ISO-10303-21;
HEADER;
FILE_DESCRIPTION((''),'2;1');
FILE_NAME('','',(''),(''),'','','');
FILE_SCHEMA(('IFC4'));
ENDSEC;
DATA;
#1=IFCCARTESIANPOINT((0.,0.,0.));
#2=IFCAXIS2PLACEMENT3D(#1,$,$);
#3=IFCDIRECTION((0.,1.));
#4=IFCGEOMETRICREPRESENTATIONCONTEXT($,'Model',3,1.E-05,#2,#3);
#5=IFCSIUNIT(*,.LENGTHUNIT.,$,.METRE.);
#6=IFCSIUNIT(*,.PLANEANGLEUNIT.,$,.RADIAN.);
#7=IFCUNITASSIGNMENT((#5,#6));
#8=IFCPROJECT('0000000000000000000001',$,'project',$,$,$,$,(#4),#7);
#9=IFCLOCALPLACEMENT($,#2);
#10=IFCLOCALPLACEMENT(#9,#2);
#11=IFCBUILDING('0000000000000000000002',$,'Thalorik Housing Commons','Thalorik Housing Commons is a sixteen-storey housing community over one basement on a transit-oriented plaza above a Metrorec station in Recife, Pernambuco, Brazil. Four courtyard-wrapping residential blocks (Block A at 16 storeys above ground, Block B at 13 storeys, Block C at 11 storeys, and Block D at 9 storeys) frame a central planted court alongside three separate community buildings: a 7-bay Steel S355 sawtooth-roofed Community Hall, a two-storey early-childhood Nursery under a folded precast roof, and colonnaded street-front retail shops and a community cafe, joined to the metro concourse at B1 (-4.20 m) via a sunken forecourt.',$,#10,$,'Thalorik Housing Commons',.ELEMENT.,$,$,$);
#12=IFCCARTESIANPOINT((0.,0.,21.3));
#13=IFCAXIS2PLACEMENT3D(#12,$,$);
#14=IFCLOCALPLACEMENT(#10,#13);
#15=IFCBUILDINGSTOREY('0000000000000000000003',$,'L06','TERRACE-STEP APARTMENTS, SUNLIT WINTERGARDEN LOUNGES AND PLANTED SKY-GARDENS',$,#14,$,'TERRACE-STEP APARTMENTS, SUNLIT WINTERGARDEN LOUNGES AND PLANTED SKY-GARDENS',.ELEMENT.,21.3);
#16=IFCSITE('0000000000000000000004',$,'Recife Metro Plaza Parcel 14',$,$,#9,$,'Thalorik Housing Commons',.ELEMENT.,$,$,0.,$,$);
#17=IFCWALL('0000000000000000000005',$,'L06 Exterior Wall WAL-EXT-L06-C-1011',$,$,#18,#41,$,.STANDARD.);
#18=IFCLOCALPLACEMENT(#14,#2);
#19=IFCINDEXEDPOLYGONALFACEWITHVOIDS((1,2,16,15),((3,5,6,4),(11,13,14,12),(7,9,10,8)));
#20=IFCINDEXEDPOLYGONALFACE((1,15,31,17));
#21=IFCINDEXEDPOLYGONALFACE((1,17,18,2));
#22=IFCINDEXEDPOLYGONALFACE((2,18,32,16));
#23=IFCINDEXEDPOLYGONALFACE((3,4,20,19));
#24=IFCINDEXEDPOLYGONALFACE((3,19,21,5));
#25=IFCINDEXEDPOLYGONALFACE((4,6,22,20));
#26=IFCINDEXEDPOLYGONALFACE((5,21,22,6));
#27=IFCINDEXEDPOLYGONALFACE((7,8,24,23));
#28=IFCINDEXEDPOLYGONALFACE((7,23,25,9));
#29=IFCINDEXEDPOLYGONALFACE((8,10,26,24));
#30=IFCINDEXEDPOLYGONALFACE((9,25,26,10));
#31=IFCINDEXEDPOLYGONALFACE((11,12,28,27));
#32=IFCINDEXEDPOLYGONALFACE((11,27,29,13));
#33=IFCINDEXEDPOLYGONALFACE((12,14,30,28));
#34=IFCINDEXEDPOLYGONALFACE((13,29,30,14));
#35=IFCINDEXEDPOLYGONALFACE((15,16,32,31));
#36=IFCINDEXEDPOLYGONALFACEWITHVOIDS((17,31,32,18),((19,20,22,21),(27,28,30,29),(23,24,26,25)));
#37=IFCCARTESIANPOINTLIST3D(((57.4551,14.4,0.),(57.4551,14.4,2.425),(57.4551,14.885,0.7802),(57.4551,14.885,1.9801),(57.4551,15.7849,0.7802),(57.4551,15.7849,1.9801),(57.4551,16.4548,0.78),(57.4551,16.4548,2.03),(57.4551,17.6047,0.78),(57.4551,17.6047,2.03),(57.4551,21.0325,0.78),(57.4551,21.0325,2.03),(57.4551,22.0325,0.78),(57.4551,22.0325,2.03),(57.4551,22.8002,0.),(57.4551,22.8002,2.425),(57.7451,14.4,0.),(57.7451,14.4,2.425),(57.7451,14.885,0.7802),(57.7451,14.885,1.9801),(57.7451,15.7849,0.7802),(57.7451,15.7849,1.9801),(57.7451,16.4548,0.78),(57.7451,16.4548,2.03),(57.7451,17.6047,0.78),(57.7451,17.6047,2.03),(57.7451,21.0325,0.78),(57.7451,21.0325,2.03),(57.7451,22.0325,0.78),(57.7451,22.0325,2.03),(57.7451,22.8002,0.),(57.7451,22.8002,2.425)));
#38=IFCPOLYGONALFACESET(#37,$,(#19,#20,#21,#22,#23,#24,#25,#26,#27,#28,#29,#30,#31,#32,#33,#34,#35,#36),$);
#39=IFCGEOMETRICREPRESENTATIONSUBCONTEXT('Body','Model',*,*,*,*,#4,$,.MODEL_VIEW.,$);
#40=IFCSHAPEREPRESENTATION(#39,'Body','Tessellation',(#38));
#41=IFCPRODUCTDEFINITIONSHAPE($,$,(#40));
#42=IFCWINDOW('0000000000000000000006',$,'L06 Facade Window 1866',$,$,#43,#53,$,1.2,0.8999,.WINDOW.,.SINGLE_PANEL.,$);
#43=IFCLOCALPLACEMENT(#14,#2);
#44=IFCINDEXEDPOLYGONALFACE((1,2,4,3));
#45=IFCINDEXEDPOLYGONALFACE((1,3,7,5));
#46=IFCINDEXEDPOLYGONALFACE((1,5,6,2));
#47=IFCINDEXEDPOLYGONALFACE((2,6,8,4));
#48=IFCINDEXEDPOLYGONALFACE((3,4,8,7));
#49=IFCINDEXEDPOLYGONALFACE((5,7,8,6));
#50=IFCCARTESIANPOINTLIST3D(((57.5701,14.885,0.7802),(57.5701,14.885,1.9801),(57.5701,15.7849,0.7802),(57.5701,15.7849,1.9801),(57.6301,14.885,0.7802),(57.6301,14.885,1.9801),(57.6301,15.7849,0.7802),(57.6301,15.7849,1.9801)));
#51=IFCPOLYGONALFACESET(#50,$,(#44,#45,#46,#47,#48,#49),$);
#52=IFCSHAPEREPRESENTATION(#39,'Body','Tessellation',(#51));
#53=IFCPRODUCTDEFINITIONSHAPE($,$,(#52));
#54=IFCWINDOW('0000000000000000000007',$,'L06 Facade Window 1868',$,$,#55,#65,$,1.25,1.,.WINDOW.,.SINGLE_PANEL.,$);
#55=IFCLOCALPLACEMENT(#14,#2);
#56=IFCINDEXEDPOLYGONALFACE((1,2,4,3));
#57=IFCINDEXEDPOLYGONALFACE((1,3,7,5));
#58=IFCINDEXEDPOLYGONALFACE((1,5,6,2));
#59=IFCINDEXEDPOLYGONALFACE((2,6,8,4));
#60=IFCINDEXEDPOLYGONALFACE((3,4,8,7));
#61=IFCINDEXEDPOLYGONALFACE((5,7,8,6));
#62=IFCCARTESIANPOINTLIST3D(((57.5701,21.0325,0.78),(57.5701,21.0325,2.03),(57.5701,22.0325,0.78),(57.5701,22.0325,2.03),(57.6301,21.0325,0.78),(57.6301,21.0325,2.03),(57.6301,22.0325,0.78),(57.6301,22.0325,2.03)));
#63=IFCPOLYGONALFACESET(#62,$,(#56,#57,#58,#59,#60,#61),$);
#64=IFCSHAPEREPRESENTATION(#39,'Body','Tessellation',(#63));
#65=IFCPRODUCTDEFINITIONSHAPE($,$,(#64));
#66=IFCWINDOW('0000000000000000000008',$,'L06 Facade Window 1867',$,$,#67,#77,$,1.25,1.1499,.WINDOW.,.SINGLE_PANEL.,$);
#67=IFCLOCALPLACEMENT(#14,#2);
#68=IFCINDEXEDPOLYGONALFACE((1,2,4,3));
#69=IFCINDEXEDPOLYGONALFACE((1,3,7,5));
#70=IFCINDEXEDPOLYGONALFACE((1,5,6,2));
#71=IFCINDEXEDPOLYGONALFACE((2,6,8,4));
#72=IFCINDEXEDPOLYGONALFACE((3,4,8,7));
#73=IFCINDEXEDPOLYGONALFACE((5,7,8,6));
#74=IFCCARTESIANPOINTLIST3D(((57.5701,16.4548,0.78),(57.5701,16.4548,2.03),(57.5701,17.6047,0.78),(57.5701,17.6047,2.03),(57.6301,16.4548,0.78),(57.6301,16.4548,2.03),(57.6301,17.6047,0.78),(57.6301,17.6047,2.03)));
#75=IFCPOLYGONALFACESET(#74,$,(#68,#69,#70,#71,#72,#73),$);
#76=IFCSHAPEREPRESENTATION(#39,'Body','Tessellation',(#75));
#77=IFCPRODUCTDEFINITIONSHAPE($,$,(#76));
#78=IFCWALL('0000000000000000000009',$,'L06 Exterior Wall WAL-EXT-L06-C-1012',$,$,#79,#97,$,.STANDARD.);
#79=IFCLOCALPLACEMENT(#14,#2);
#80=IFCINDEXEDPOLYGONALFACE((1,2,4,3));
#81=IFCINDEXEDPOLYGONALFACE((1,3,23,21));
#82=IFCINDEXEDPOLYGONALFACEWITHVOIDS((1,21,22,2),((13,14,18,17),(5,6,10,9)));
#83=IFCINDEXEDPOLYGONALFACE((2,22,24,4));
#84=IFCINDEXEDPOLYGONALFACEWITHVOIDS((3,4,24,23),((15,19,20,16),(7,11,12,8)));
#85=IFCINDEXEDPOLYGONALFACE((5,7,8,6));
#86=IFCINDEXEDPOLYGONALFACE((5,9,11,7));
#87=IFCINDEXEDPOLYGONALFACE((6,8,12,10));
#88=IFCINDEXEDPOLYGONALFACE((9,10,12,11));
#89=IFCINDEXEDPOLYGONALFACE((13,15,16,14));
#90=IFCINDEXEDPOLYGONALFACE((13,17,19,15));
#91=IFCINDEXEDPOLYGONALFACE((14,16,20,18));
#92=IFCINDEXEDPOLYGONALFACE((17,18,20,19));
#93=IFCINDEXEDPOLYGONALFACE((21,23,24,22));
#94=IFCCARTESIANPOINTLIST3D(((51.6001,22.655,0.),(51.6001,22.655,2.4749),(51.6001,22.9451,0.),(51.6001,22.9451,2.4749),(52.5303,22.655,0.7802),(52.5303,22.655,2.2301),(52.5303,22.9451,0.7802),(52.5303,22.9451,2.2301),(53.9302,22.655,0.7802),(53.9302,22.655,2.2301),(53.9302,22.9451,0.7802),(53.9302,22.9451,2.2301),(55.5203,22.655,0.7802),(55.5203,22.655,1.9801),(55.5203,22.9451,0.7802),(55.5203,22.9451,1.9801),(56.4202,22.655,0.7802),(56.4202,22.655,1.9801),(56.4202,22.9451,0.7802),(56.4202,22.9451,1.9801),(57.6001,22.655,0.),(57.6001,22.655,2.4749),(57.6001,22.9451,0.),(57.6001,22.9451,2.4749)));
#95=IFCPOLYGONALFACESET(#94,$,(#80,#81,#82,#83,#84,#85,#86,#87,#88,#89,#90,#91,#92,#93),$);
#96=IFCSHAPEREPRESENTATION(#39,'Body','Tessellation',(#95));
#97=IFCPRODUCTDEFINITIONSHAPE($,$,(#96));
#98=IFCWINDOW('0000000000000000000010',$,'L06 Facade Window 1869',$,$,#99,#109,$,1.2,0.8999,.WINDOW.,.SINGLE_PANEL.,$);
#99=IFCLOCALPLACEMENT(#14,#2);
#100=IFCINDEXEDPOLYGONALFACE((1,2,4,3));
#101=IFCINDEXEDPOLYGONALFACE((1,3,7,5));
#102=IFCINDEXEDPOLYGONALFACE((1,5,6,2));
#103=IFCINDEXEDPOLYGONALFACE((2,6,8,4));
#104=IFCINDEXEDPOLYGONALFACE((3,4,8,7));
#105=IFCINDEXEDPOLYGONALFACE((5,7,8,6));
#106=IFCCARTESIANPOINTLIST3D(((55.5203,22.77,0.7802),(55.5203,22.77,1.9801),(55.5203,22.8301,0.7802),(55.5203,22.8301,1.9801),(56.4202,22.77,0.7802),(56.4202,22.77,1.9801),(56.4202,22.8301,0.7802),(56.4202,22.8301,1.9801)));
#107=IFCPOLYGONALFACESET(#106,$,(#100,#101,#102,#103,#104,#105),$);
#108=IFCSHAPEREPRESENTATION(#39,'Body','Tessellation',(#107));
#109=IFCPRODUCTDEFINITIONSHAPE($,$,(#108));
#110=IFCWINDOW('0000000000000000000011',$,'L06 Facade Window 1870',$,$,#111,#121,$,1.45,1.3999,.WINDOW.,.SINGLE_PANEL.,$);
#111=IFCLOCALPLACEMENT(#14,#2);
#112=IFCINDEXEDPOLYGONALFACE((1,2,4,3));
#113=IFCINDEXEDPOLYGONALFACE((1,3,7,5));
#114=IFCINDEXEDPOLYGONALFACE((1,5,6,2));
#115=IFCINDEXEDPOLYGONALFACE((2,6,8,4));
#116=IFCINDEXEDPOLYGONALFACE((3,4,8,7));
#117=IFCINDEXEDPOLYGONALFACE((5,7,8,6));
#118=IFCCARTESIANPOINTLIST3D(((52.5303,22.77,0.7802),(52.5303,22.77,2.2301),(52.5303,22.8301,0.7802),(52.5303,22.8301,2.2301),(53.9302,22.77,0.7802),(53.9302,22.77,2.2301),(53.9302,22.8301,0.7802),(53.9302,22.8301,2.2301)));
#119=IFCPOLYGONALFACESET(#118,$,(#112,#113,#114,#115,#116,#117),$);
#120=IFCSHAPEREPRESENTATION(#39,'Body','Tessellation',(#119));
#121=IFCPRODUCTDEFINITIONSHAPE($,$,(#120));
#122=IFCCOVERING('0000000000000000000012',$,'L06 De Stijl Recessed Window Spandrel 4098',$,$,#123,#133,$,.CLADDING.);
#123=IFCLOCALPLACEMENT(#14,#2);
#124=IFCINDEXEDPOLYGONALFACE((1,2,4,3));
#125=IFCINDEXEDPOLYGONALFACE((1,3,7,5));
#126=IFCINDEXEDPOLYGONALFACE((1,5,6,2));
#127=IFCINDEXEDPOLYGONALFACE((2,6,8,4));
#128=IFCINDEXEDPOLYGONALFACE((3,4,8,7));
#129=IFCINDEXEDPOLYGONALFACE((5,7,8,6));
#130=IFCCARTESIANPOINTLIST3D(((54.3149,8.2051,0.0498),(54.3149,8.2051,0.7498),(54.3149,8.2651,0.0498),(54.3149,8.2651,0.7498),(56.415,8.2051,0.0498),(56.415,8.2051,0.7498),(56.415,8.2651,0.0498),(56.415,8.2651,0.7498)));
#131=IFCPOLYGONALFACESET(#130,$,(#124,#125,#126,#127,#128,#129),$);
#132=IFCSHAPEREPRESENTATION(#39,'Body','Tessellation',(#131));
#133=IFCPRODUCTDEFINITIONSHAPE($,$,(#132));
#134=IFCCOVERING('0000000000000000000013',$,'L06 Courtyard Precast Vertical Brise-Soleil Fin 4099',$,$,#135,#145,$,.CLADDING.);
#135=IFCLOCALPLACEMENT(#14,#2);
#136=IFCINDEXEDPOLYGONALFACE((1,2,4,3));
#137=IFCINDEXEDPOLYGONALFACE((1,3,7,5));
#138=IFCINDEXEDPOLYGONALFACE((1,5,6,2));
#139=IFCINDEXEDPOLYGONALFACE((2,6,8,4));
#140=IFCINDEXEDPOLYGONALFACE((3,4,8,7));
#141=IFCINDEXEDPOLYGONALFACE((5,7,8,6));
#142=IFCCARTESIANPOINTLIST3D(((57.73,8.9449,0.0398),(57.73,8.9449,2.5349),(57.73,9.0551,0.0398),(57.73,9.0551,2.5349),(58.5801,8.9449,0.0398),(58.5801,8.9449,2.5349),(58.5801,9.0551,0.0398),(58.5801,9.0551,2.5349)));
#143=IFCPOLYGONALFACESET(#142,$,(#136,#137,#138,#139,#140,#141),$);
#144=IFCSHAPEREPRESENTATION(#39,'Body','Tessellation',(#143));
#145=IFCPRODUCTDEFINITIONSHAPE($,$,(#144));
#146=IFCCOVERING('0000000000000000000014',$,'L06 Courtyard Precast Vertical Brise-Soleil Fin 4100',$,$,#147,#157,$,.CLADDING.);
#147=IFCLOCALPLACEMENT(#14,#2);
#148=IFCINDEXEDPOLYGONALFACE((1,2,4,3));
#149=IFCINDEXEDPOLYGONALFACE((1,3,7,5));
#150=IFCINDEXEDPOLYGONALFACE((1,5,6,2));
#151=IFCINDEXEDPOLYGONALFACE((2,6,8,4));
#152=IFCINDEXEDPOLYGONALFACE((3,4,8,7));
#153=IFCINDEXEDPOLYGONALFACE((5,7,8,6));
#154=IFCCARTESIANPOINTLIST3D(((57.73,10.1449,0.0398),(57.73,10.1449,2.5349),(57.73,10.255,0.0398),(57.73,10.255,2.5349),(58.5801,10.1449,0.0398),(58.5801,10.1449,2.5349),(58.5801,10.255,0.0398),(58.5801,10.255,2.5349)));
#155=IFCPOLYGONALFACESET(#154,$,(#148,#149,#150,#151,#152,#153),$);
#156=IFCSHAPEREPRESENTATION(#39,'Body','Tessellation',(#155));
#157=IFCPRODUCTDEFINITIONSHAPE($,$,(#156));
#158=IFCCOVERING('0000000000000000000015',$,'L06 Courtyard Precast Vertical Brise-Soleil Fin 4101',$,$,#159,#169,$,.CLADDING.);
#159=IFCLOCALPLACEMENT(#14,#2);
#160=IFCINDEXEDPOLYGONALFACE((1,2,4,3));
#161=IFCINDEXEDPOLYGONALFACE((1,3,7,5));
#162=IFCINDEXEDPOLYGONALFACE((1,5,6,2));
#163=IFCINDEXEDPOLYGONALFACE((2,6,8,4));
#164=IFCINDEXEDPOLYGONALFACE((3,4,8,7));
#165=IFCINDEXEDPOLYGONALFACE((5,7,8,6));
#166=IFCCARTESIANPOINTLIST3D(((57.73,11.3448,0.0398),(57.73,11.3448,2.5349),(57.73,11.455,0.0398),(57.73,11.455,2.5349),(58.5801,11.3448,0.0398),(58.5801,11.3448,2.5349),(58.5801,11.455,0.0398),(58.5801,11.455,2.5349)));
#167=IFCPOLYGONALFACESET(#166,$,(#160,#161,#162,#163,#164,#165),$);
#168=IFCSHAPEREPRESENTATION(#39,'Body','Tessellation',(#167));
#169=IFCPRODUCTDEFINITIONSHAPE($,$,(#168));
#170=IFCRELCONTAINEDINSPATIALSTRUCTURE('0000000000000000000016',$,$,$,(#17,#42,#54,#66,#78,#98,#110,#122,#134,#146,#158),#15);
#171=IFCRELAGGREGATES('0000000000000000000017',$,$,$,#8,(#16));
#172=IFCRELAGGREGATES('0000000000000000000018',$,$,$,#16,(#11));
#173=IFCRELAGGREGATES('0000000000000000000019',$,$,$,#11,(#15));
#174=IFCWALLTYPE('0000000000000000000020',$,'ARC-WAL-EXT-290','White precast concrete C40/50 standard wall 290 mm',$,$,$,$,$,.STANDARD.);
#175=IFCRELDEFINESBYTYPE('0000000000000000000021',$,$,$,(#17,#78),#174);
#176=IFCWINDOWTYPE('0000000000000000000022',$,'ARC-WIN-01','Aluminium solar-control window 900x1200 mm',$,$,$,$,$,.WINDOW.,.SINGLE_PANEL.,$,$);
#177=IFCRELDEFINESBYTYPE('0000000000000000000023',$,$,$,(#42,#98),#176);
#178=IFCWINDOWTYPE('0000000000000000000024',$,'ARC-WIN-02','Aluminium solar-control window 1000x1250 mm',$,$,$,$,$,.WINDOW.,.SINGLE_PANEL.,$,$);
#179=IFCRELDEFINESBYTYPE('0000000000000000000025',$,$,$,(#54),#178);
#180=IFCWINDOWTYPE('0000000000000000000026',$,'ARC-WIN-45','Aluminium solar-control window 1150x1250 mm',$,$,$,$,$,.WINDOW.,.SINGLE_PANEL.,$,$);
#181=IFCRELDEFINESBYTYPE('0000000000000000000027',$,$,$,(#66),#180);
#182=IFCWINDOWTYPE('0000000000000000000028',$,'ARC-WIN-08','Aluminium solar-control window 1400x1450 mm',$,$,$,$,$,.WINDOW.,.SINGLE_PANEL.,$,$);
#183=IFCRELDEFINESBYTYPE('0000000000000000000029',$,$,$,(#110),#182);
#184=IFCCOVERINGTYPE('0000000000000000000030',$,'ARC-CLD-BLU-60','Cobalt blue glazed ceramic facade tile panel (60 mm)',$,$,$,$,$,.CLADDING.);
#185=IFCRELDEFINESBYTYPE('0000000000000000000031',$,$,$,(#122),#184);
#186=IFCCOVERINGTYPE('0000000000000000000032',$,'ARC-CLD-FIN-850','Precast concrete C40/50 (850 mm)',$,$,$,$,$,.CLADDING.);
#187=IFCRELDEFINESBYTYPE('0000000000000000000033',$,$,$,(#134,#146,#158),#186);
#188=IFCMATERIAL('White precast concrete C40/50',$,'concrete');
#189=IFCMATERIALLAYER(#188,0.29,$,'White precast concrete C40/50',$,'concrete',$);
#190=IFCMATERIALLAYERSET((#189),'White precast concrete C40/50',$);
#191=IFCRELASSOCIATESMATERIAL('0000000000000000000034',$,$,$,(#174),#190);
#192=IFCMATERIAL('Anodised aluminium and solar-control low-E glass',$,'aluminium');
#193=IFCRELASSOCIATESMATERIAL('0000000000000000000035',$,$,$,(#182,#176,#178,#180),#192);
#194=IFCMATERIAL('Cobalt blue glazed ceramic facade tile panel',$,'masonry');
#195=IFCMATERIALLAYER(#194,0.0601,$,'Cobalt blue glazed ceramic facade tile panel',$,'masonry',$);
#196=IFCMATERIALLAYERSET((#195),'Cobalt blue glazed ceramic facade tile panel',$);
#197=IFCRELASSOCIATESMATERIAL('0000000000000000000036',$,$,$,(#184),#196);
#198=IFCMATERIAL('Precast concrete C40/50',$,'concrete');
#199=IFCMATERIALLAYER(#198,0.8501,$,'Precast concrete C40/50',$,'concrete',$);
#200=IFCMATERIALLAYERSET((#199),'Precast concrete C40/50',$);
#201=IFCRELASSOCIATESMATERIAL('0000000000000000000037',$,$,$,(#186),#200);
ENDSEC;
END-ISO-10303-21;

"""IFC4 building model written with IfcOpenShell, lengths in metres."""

from ifc_helpers import new_model, si_unit, direction, frame, frame_2d, origin, origin_2d, place, context, subcontext, project, spatial, rectangle, extrude, material, layer, layer_set, type_object, element, fill, save


model = new_model("IFC4")

# Units and contexts
model_context = context("Model", 3, precision=1e-05, world=origin(), true_north=direction((0.0, 1.0)))
body_context = subcontext(model_context, "Body", "Model", "MODEL_VIEW")
ifc_project = project(units=[si_unit("LENGTHUNIT", "METRE"), si_unit("PLANEANGLEUNIT", "RADIAN")], contexts=[model_context])

# Site, building, storey
site_placement = place(None, origin())
site = spatial("IfcSite", under=ifc_project, at=site_placement, Name="Recife Metro Plaza Parcel 14", LongName="Thalorik Housing Commons", CompositionType="ELEMENT", RefElevation=0.0)
building_placement = place(site_placement, origin())
building = spatial("IfcBuilding", under=site, at=building_placement, Name="Thalorik Housing Commons", Description="Thalorik Housing Commons is a sixteen-storey housing community over one basement on a transit-oriented plaza above a Metrorec station in Recife, Pernambuco, Brazil. Four courtyard-wrapping residential blocks (Block A at 16 storeys above ground, Block B at 13 storeys, Block C at 11 storeys, and Block D at 9 storeys) frame a central planted court alongside three separate community buildings: a 7-bay Steel S355 sawtooth-roofed Community Hall, a two-storey early-childhood Nursery under a folded precast roof, and colonnaded street-front retail shops and a community cafe, joined to the metro concourse at B1 (-4.20 m) via a sunken forecourt.", LongName="Thalorik Housing Commons", CompositionType="ELEMENT")
storey_placement = place(building_placement, frame((0.0, 0.0, 21.3)))
storey = spatial("IfcBuildingStorey", under=building, at=storey_placement, Name="L06", Description="TERRACE-STEP APARTMENTS, SUNLIT WINTERGARDEN LOUNGES AND PLANTED SKY-GARDENS", LongName="TERRACE-STEP APARTMENTS, SUNLIT WINTERGARDEN LOUNGES AND PLANTED SKY-GARDENS", CompositionType="ELEMENT", Elevation=21.3)

# Shared definitions
ifc_material_1 = material(Name="Precast concrete C40/50", Category="concrete")

# Walls, openings, windows
ifc_material_2 = material(Name="White precast concrete C40/50", Category="concrete")
ifc_layer_1 = layer(ifc_material_2, 0.29, Name="White precast concrete C40/50", Category="concrete")
ifc_layer_set_1 = layer_set([ifc_layer_1], Name="White precast concrete C40/50")
wall_type = type_object("IfcWallType", Name="ARC-WAL-EXT-290", Description="White precast concrete C40/50 standard wall 290 mm", PredefinedType="STANDARD", material=ifc_layer_set_1)
ifc_material_3 = material(Name="Anodised aluminium and solar-control low-E glass", Category="aluminium")
window_type_1 = type_object("IfcWindowType", Name="ARC-WIN-08", Description="Aluminium solar-control window 1400x1450 mm", PartitioningType="SINGLE_PANEL", PredefinedType="WINDOW", material=ifc_material_3)
wall_1_placement = place(storey_placement, frame((57.6001, 14.3999, 0.0), z_axis=(0.0, 0.0, 1.0), x_axis=(0.0, 1.0, 0.0)))
wall_1 = element("IfcWall", 1, at=wall_1_placement, inside=storey, type_object=wall_type, Name="L06 Exterior Wall WAL-EXT-L06-C-1011", PredefinedType="STANDARD", context=body_context, shape_type="SweptSolid", body=[
    extrude(rectangle(XDim=8.4001, YDim=0.29, at=frame_2d((4.2002, 0.0))), origin(), (0.0, 0.0, 1.0), 2.425),
])
opening_1_placement = place(wall_1_placement, frame((0.4851, 0.0, 0.78)))
opening_1 = element("IfcOpeningElement", 2, at=opening_1_placement, cuts=wall_1, PredefinedType="OPENING", context=body_context, shape_type="SweptSolid", body=[
    extrude(rectangle(XDim=0.8999, YDim=1.2, at=frame_2d((0.45, 0.6001))), frame((0.0, 0.155, 0.0), z_axis=(0.0, -1.0, 0.0), x_axis=(1.0, 0.0, 0.0)), (0.0, 0.0, 1.0), 0.3101),
])
opening_2_placement = place(wall_1_placement, frame((2.0549, 0.0, 0.78)))
opening_2 = element("IfcOpeningElement", 3, at=opening_2_placement, cuts=wall_1, PredefinedType="OPENING", context=body_context, shape_type="SweptSolid", body=[
    extrude(rectangle(XDim=1.1499, YDim=1.25, at=frame_2d((0.575, 0.625))), frame((0.0, 0.155, 0.0), z_axis=(0.0, -1.0, 0.0), x_axis=(1.0, 0.0, 0.0)), (0.0, 0.0, 1.0), 0.3101),
])
opening_3_placement = place(wall_1_placement, frame((6.6326, 0.0, 0.78)))
opening_3 = element("IfcOpeningElement", 4, at=opening_3_placement, cuts=wall_1, PredefinedType="OPENING", context=body_context, shape_type="SweptSolid", body=[
    extrude(rectangle(XDim=1.0, YDim=1.25, at=frame_2d((0.5, 0.625))), frame((0.0, 0.155, 0.0), z_axis=(0.0, -1.0, 0.0), x_axis=(1.0, 0.0, 0.0)), (0.0, 0.0, 1.0), 0.3101),
])
window_type_2 = type_object("IfcWindowType", Name="ARC-WIN-01", Description="Aluminium solar-control window 900x1200 mm", PartitioningType="SINGLE_PANEL", PredefinedType="WINDOW", material=ifc_material_3)
window_1_placement = place(opening_1_placement, origin())
window_1 = element("IfcWindow", 5, at=window_1_placement, inside=storey, type_object=window_type_2, Name="L06 Facade Window 1866", OverallHeight=1.2, OverallWidth=0.8999, PartitioningType="SINGLE_PANEL", PredefinedType="WINDOW", context=body_context, shape_type="SweptSolid", body=[
    extrude(rectangle(XDim=0.8999, YDim=1.2, at=frame_2d((0.45, 0.6001))), frame((0.0, 0.03, 0.0), z_axis=(0.0, -1.0, 0.0), x_axis=(1.0, 0.0, 0.0)), (0.0, 0.0, 1.0), 0.0601),
])
fill(opening_1, window_1)
window_type_3 = type_object("IfcWindowType", Name="ARC-WIN-02", Description="Aluminium solar-control window 1000x1250 mm", PartitioningType="SINGLE_PANEL", PredefinedType="WINDOW", material=ifc_material_3)
window_2_placement = place(opening_3_placement, origin())
window_2 = element("IfcWindow", 6, at=window_2_placement, inside=storey, type_object=window_type_3, Name="L06 Facade Window 1868", OverallHeight=1.25, OverallWidth=1.0, PartitioningType="SINGLE_PANEL", PredefinedType="WINDOW", context=body_context, shape_type="SweptSolid", body=[
    extrude(rectangle(XDim=1.0, YDim=1.25, at=frame_2d((0.5, 0.625))), frame((0.0, 0.03, 0.0), z_axis=(0.0, -1.0, 0.0), x_axis=(1.0, 0.0, 0.0)), (0.0, 0.0, 1.0), 0.0601),
])
fill(opening_3, window_2)
window_type_4 = type_object("IfcWindowType", Name="ARC-WIN-45", Description="Aluminium solar-control window 1150x1250 mm", PartitioningType="SINGLE_PANEL", PredefinedType="WINDOW", material=ifc_material_3)
window_3_placement = place(opening_2_placement, origin())
window_3 = element("IfcWindow", 7, at=window_3_placement, inside=storey, type_object=window_type_4, Name="L06 Facade Window 1867", OverallHeight=1.25, OverallWidth=1.1499, PartitioningType="SINGLE_PANEL", PredefinedType="WINDOW", context=body_context, shape_type="SweptSolid", body=[
    extrude(rectangle(XDim=1.1499, YDim=1.25, at=frame_2d((0.575, 0.625))), frame((0.0, 0.03, 0.0), z_axis=(0.0, -1.0, 0.0), x_axis=(1.0, 0.0, 0.0)), (0.0, 0.0, 1.0), 0.0601),
])
fill(opening_2, window_3)
wall_2_placement = place(storey_placement, frame((57.6001, 22.8, 0.0), z_axis=(0.0, 0.0, 1.0), x_axis=(-1.0, 0.0, 0.0)))
wall_2 = element("IfcWall", 8, at=wall_2_placement, inside=storey, type_object=wall_type, Name="L06 Exterior Wall WAL-EXT-L06-C-1012", PredefinedType="STANDARD", context=body_context, shape_type="SweptSolid", body=[
    extrude(rectangle(XDim=6.0, YDim=0.29, at=frame_2d((3.0, 0.0))), origin(), (0.0, 0.0, 1.0), 2.4749),
])
opening_4_placement = place(wall_2_placement, frame((1.1799, 0.0, 0.78)))
opening_4 = element("IfcOpeningElement", 9, at=opening_4_placement, cuts=wall_2, PredefinedType="OPENING", context=body_context, shape_type="SweptSolid", body=[
    extrude(rectangle(XDim=0.8999, YDim=1.2, at=frame_2d((0.45, 0.6001))), frame((0.0, 0.155, 0.0), z_axis=(0.0, -1.0, 0.0), x_axis=(1.0, 0.0, 0.0)), (0.0, 0.0, 1.0), 0.3101),
])
opening_5_placement = place(wall_2_placement, frame((3.6699, 0.0, 0.78)))
opening_5 = element("IfcOpeningElement", 10, at=opening_5_placement, cuts=wall_2, PredefinedType="OPENING", context=body_context, shape_type="SweptSolid", body=[
    extrude(rectangle(XDim=1.3999, YDim=1.45, at=frame_2d((0.7, 0.7251))), frame((0.0, 0.155, 0.0), z_axis=(0.0, -1.0, 0.0), x_axis=(1.0, 0.0, 0.0)), (0.0, 0.0, 1.0), 0.3101),
])
window_4_placement = place(opening_4_placement, origin())
window_4 = element("IfcWindow", 11, at=window_4_placement, inside=storey, type_object=window_type_2, Name="L06 Facade Window 1869", OverallHeight=1.2, OverallWidth=0.8999, PartitioningType="SINGLE_PANEL", PredefinedType="WINDOW", context=body_context, shape_type="SweptSolid", body=[
    extrude(rectangle(XDim=0.8999, YDim=1.2, at=frame_2d((0.45, 0.6001))), frame((0.0, 0.03, 0.0), z_axis=(0.0, -1.0, 0.0), x_axis=(1.0, 0.0, 0.0)), (0.0, 0.0, 1.0), 0.0601),
])
fill(opening_4, window_4)
window_5_placement = place(opening_5_placement, origin())
window_5 = element("IfcWindow", 12, at=window_5_placement, inside=storey, type_object=window_type_1, Name="L06 Facade Window 1870", OverallHeight=1.45, OverallWidth=1.3999, PartitioningType="SINGLE_PANEL", PredefinedType="WINDOW", context=body_context, shape_type="SweptSolid", body=[
    extrude(rectangle(XDim=1.3999, YDim=1.45, at=frame_2d((0.7, 0.7251))), frame((0.0, 0.03, 0.0), z_axis=(0.0, -1.0, 0.0), x_axis=(1.0, 0.0, 0.0)), (0.0, 0.0, 1.0), 0.0601),
])
fill(opening_5, window_5)

# Coverings
ifc_material_4 = material(Name="Cobalt blue glazed ceramic facade tile panel", Category="masonry")
ifc_layer_2 = layer(ifc_material_4, 0.0601, Name="Cobalt blue glazed ceramic facade tile panel", Category="masonry")
ifc_layer_set_2 = layer_set([ifc_layer_2], Name="Cobalt blue glazed ceramic facade tile panel")
covering_type_1 = type_object("IfcCoveringType", Name="ARC-CLD-BLU-60", Description="Cobalt blue glazed ceramic facade tile panel (60 mm)", PredefinedType="CLADDING", material=ifc_layer_set_2)
covering_1_placement = place(storey_placement, frame((55.365, 8.2351, 0.0498), z_axis=(0.0, 0.0, 1.0), x_axis=(1.0, 0.0, 0.0)))
element("IfcCovering", 13, at=covering_1_placement, inside=storey, type_object=covering_type_1, Name="L06 De Stijl Recessed Window Spandrel 4098", PredefinedType="CLADDING", context=body_context, shape_type="SweptSolid", body=[
    extrude(rectangle(XDim=2.1001, YDim=0.0601, at=origin_2d()), origin(), (0.0, 0.0, 1.0), 0.7),
])
ifc_layer_3 = layer(ifc_material_1, 0.8501, Name="Precast concrete C40/50", Category="concrete")
ifc_layer_set_3 = layer_set([ifc_layer_3], Name="Precast concrete C40/50")
covering_type_2 = type_object("IfcCoveringType", Name="ARC-CLD-FIN-850", Description="Precast concrete C40/50 (850 mm)", PredefinedType="CLADDING", material=ifc_layer_set_3)
for number, where, z_axis, x_axis, name in (
    (14, (58.155, 9.0, 0.0398), (0.0, 0.0, 1.0), (0.0, 1.0, 0.0), "L06 Courtyard Precast Vertical Brise-Soleil Fin 4099"),
    (15, (58.155, 10.2, 0.0398), (0.0, 0.0, 1.0), (0.0, 1.0, 0.0), "L06 Courtyard Precast Vertical Brise-Soleil Fin 4100"),
    (16, (58.155, 11.3999, 0.0398), (0.0, 0.0, 1.0), (0.0, 1.0, 0.0), "L06 Courtyard Precast Vertical Brise-Soleil Fin 4101"),
):
    element("IfcCovering", number, at=place(storey_placement, frame(where, z_axis=z_axis, x_axis=x_axis)), inside=storey, type_object=covering_type_2, Name=name, PredefinedType="CLADDING", context=body_context, shape_type="SweptSolid", body=[
        extrude(rectangle(XDim=0.1101, YDim=0.8501, at=origin_2d()), origin(), (0.0, 0.0, 1.0), 2.4951),
    ])

save(model, "model.ifc")
